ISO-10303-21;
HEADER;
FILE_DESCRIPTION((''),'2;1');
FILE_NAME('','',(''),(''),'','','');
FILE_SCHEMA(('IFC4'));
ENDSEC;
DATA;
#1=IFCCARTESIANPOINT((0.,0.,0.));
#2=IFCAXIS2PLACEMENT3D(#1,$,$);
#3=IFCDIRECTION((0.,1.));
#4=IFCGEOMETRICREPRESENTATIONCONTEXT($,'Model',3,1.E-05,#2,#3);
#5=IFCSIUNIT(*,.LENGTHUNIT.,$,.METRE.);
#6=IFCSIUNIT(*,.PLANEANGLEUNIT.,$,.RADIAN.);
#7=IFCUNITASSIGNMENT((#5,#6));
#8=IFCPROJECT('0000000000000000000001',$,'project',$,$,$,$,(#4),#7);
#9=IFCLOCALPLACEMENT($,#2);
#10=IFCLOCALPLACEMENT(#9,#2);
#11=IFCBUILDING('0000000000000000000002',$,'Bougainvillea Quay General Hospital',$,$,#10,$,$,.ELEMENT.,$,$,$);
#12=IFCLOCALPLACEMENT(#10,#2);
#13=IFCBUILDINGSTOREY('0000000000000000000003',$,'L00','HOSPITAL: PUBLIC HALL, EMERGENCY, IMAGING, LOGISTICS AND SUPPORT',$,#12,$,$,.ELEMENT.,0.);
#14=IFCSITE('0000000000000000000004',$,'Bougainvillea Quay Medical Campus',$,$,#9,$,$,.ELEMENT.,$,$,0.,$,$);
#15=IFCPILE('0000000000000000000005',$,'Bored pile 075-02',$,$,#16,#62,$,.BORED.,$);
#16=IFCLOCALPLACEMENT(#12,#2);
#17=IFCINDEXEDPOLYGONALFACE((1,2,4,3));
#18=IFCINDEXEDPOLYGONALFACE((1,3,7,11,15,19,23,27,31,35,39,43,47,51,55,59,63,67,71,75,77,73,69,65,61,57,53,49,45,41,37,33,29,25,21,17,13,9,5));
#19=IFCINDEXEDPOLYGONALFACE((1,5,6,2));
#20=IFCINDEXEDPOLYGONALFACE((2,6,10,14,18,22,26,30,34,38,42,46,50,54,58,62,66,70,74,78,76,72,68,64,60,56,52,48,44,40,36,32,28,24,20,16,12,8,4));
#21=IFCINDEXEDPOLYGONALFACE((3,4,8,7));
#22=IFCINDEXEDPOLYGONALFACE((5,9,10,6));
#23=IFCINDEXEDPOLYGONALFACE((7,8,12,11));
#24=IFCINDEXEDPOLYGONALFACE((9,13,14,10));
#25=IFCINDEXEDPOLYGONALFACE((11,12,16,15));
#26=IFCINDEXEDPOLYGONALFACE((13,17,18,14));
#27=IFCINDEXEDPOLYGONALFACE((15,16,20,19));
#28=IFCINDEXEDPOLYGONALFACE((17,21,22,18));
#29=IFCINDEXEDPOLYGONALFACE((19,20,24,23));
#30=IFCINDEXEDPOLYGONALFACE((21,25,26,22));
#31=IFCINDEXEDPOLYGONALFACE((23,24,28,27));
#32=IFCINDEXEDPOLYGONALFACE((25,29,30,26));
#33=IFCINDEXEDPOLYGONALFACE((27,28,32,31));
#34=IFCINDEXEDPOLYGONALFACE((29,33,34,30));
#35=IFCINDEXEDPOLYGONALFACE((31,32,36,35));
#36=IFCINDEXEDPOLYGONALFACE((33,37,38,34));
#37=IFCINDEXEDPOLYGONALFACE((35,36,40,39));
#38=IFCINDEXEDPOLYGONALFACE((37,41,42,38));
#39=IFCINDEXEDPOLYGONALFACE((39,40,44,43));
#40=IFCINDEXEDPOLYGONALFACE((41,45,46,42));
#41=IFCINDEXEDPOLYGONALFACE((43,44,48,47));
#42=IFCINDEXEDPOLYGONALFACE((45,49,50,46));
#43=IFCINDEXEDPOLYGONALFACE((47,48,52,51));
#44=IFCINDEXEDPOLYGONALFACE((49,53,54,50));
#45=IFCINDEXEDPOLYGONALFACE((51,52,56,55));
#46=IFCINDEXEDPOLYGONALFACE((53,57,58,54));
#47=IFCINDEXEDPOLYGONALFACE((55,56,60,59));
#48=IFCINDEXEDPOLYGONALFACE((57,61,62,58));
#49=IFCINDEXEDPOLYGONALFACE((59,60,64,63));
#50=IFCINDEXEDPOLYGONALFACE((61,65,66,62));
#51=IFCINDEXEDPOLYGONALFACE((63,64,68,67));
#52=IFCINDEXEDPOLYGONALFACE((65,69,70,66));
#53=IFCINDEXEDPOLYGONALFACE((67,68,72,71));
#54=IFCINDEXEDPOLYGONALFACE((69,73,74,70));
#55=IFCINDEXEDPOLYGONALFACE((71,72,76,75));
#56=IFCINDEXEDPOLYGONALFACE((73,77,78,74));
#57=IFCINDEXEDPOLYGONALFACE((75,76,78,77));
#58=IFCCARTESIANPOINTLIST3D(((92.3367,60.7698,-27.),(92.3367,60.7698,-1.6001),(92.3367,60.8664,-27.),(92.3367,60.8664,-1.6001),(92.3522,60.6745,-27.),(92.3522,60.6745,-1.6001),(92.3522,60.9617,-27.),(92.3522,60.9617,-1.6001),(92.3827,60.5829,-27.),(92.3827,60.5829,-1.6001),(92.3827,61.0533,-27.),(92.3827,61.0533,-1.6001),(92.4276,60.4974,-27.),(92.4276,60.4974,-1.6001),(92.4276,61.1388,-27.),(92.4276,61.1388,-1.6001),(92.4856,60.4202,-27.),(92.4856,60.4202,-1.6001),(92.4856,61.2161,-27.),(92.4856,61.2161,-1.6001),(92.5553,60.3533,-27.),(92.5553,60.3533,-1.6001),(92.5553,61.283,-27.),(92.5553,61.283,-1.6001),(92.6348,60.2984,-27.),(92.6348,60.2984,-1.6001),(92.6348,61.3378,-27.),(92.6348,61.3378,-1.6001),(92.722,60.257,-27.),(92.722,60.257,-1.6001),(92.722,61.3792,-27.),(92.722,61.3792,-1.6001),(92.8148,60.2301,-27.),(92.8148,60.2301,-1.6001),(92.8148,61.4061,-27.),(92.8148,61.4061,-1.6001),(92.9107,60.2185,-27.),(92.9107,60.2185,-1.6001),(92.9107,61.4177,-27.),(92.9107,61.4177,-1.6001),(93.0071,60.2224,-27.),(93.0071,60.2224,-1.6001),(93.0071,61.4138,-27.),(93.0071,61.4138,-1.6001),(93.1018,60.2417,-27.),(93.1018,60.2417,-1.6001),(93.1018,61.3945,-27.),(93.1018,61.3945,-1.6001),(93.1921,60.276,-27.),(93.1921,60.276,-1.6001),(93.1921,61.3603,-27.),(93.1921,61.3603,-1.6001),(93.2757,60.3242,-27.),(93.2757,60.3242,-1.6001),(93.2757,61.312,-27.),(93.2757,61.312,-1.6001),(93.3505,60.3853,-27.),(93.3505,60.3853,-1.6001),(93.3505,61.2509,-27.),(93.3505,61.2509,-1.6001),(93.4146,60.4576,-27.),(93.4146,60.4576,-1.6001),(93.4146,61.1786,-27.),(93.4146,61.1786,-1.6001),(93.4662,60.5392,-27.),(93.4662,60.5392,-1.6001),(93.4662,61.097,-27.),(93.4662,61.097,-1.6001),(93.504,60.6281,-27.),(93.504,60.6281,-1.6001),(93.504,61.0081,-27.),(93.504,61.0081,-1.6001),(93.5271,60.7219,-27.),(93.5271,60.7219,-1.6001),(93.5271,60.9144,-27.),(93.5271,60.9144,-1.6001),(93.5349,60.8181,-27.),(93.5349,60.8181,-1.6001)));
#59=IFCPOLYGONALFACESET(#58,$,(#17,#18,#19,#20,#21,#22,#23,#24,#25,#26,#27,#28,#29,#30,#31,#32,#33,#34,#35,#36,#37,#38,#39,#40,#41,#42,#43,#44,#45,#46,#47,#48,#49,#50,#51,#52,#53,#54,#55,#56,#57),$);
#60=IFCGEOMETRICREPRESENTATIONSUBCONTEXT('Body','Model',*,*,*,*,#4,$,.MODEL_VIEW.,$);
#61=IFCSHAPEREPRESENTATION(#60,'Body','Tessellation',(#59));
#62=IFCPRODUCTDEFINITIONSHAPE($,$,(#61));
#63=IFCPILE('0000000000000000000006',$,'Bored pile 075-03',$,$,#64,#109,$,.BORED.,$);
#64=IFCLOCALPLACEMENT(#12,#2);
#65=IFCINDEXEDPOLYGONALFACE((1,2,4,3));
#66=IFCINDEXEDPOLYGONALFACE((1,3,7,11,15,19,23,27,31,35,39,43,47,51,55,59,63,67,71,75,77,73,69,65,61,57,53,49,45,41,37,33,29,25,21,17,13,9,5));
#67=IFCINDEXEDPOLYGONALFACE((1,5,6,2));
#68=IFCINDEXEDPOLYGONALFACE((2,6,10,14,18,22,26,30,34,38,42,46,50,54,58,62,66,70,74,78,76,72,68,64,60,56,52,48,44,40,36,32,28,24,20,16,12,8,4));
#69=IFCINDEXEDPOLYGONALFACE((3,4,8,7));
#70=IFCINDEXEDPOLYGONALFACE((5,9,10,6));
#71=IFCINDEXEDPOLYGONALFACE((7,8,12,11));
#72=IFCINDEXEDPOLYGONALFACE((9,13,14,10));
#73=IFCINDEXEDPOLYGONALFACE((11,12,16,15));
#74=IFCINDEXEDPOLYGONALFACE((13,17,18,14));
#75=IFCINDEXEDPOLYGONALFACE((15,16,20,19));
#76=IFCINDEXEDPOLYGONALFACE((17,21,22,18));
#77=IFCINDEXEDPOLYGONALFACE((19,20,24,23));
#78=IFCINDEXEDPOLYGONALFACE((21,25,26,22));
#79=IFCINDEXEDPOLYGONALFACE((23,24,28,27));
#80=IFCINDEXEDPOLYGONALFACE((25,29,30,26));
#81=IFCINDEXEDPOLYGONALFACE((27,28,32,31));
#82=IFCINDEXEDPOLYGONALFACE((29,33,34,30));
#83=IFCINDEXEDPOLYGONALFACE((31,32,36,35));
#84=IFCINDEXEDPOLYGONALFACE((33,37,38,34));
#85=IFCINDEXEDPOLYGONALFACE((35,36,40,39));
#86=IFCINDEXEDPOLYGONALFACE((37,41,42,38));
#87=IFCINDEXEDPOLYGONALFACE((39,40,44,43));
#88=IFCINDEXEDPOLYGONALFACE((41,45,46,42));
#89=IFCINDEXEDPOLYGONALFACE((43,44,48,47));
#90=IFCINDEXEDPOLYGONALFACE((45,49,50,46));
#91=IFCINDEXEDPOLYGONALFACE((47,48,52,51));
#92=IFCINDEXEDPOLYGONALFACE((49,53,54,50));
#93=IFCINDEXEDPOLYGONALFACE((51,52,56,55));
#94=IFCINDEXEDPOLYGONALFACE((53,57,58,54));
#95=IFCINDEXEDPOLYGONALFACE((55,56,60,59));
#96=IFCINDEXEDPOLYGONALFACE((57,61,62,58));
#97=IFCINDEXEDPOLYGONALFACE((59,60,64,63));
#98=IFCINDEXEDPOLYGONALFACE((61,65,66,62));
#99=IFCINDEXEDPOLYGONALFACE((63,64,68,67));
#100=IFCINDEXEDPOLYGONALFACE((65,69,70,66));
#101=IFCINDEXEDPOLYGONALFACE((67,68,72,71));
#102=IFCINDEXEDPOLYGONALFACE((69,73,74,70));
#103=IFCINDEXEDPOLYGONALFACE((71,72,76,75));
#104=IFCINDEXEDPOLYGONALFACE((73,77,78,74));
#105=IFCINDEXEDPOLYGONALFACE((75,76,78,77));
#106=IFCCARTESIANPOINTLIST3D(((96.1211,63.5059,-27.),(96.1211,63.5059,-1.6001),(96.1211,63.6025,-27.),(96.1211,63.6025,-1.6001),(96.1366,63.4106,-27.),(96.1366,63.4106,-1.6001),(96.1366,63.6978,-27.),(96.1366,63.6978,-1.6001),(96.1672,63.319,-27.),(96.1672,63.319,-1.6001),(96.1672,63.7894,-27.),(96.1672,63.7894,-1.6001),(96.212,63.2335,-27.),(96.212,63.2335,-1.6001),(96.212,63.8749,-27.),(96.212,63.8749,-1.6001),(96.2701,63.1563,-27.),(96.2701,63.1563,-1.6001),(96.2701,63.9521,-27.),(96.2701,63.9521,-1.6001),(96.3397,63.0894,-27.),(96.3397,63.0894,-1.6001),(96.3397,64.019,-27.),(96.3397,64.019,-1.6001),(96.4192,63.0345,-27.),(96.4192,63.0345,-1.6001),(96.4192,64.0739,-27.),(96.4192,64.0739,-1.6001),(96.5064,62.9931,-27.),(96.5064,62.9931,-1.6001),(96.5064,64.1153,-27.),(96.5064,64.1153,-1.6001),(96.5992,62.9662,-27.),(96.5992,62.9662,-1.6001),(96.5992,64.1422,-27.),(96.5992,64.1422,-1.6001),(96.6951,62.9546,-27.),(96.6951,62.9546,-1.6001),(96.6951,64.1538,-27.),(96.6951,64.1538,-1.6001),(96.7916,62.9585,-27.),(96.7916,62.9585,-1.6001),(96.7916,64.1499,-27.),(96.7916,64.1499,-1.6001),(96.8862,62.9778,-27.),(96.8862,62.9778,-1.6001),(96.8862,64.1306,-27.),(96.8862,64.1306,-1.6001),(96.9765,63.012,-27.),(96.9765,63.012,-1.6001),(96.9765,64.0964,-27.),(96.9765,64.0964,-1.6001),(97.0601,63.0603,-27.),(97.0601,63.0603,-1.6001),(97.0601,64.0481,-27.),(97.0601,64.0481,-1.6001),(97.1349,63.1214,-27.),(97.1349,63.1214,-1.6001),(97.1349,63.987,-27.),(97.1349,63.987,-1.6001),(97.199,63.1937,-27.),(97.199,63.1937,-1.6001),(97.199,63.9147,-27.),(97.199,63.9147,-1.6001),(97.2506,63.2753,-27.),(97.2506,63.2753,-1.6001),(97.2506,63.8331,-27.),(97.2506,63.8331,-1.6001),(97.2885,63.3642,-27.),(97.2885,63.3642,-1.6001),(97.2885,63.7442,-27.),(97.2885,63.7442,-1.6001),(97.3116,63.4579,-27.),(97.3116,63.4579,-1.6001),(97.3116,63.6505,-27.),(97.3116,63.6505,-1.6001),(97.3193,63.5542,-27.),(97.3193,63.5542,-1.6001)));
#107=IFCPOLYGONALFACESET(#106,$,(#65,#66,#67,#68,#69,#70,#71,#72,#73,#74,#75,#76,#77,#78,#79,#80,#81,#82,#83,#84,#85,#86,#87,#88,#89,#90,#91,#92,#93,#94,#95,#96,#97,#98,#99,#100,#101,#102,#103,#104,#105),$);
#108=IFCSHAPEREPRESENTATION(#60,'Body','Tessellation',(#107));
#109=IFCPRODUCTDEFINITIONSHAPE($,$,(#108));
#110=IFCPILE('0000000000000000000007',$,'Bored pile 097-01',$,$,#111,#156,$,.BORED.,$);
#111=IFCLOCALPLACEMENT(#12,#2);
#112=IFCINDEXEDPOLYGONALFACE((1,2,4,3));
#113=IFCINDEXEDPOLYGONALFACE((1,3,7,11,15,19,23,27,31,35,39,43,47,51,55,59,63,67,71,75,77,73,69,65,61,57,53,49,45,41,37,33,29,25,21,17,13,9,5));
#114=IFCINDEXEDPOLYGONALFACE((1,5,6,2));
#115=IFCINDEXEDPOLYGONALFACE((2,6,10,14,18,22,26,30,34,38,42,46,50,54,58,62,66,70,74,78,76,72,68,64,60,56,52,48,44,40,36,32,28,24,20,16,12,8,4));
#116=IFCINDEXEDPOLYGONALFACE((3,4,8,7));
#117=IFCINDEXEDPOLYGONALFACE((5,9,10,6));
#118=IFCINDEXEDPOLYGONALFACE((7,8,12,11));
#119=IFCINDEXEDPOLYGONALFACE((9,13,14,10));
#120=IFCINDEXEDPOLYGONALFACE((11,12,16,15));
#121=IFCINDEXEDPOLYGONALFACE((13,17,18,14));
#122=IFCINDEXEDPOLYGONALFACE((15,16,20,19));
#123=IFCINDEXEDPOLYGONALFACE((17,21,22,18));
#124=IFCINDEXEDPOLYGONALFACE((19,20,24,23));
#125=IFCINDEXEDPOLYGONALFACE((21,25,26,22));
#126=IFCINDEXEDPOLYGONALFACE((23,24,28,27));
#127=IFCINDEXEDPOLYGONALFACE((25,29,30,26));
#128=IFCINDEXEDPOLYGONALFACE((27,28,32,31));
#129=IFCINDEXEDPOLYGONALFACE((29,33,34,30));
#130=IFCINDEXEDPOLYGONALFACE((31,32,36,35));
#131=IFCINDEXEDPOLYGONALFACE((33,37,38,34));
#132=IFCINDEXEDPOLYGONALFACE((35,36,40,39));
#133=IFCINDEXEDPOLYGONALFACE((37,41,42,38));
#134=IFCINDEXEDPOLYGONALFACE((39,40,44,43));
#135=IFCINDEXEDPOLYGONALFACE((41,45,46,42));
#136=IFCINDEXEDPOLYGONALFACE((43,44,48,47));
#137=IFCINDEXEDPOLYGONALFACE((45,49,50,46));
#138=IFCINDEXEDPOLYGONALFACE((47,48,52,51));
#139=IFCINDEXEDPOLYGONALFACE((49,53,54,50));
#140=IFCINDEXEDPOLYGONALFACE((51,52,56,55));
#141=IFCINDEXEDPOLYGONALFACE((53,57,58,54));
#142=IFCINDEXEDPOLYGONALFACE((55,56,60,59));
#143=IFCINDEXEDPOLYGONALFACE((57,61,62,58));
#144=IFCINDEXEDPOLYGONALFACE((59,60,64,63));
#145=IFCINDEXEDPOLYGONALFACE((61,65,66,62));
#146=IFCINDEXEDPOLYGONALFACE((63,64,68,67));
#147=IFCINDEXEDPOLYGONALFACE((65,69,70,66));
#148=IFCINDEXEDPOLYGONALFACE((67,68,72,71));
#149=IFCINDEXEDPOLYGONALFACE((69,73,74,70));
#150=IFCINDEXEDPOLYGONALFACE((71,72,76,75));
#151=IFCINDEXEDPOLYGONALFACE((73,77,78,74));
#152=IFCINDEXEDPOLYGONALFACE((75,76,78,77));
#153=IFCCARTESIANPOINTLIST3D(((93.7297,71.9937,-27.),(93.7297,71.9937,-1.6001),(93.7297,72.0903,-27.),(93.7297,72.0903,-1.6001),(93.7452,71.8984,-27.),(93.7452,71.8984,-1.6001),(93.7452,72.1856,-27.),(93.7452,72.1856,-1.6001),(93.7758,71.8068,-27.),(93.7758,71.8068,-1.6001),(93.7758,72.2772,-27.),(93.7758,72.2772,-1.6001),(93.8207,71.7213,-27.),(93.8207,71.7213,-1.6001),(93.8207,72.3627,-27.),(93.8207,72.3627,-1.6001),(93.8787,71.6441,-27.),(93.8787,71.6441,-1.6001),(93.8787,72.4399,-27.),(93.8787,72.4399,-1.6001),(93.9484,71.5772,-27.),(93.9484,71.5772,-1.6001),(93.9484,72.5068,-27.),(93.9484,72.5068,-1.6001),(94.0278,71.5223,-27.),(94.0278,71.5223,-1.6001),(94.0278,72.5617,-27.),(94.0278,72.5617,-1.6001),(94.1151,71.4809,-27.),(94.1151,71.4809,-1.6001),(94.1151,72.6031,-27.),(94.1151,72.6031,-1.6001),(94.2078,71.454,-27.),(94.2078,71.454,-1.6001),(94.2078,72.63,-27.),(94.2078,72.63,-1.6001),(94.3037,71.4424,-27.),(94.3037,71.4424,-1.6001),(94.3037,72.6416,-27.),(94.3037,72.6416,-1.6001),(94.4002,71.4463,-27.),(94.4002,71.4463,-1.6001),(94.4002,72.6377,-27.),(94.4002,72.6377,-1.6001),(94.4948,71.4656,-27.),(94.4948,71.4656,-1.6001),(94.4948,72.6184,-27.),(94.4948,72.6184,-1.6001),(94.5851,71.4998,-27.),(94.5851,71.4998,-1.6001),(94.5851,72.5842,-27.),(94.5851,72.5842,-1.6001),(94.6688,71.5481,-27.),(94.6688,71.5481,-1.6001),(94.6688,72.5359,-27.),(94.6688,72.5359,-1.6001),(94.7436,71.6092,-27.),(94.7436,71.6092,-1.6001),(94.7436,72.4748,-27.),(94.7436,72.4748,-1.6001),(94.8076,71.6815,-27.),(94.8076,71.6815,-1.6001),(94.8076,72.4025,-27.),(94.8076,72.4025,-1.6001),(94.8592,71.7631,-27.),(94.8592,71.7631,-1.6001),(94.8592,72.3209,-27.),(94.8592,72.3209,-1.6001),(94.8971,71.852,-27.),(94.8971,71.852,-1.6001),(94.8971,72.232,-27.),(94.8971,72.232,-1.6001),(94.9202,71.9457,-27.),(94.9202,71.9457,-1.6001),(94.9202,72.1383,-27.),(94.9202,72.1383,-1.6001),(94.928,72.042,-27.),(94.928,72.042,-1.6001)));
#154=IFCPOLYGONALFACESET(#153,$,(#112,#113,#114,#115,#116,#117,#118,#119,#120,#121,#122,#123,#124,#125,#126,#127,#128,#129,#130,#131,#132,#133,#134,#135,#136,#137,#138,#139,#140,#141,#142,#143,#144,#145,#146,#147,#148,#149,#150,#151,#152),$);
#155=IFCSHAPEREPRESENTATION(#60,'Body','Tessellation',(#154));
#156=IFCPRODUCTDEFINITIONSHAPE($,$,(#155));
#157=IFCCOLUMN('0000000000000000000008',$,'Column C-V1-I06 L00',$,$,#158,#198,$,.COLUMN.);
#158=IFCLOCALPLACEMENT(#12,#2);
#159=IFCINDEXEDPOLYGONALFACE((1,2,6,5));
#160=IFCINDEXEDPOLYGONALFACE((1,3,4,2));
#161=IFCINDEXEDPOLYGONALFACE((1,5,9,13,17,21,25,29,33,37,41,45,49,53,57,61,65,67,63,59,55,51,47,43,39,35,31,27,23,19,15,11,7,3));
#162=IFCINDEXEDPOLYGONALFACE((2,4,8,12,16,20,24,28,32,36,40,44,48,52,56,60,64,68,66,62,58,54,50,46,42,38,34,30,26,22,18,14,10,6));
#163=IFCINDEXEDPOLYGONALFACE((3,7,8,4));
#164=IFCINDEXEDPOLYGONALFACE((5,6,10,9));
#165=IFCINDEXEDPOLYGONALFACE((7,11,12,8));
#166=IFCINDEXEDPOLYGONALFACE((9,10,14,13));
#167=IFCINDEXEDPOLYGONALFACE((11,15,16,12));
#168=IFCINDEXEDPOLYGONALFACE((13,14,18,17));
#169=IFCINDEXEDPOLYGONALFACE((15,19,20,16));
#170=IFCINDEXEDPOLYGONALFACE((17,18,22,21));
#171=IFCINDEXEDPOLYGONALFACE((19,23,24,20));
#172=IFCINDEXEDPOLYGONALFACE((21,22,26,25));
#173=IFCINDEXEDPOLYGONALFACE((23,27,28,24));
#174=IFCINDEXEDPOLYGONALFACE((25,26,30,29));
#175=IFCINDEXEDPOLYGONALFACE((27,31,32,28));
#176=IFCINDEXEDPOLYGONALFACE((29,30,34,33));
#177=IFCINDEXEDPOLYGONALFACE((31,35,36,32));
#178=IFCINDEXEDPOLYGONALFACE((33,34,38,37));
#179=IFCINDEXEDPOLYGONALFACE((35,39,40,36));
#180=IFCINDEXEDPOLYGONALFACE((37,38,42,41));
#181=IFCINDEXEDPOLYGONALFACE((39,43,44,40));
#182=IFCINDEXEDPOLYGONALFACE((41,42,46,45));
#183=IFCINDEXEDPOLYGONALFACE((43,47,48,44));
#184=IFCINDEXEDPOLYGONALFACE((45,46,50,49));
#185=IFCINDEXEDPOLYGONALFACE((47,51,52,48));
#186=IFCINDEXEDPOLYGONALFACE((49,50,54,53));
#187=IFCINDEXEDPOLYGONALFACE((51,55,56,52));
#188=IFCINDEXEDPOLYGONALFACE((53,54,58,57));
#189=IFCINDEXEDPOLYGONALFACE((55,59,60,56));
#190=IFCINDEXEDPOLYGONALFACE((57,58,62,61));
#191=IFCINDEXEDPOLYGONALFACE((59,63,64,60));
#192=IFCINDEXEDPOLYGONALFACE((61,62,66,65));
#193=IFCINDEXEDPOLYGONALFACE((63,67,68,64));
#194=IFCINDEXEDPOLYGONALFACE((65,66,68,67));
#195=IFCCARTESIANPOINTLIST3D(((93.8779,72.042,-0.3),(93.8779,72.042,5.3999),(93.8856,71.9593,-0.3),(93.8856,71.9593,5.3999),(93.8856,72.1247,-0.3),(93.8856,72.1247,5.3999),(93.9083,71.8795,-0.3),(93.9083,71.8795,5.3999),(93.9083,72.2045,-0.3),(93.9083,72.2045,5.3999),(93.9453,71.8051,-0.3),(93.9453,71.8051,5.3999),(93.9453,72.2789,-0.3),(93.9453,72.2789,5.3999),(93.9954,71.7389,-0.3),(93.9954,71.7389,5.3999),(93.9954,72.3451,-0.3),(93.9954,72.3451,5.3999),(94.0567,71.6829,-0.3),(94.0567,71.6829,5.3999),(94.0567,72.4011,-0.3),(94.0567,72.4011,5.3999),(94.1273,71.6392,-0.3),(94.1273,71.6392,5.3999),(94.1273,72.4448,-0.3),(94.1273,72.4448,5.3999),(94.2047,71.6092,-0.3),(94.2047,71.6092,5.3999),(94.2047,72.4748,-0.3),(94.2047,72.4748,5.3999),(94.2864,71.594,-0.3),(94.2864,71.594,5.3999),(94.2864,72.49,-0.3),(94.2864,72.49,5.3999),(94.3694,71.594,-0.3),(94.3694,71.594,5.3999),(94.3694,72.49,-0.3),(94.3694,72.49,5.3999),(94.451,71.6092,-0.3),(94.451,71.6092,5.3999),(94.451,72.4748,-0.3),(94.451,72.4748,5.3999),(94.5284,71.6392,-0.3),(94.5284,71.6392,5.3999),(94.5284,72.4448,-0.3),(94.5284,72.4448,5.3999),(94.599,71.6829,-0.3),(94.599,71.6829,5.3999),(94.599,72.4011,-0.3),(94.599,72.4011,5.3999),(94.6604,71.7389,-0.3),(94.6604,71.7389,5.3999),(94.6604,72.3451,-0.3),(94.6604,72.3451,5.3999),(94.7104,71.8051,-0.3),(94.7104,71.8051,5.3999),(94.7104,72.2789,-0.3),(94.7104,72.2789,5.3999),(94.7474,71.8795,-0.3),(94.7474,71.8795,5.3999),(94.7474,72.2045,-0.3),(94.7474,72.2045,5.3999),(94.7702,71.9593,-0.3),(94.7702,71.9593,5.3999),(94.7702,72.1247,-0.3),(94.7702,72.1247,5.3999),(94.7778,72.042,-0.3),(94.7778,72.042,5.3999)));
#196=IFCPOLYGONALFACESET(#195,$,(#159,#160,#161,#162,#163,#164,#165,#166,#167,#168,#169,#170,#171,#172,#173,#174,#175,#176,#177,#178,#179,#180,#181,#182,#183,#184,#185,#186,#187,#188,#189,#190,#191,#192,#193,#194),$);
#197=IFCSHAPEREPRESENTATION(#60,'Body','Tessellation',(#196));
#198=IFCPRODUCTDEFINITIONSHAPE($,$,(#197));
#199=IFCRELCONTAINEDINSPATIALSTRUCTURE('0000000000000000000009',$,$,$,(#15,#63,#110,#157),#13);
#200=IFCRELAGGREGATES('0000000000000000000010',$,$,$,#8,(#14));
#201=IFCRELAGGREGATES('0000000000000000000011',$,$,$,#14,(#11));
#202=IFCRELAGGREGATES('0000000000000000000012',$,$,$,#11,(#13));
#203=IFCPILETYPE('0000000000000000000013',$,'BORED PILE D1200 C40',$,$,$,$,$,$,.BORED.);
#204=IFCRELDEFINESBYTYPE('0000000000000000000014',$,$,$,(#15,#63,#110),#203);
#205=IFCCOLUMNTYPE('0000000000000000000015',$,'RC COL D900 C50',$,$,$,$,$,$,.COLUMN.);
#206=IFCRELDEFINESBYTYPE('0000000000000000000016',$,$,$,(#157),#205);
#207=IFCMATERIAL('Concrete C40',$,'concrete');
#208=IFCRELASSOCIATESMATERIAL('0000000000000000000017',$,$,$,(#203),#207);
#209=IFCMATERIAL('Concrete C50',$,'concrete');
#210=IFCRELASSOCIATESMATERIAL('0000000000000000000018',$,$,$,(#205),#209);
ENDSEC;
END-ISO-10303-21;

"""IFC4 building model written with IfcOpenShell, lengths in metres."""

from ifc_helpers import new_model, si_unit, direction, frame, origin, origin_2d, place, context, subcontext, project, spatial, circle, extrude, material, material_profile, profile_set, type_object, element, save


model = new_model("IFC4")

# Units and contexts
model_context = context("Model", 3, precision=1e-05, world=origin(), true_north=direction((0.0, 1.0)))
body_context = subcontext(model_context, "Body", "Model", "MODEL_VIEW")
ifc_project = project(units=[si_unit("LENGTHUNIT", "METRE"), si_unit("PLANEANGLEUNIT", "RADIAN")], contexts=[model_context])

# Site, building, storey
site_placement = place(None, origin())
site = spatial("IfcSite", under=ifc_project, at=site_placement, Name="Bougainvillea Quay Medical Campus", CompositionType="ELEMENT", RefElevation=0.0)
building_placement = place(site_placement, origin())
building = spatial("IfcBuilding", under=site, at=building_placement, Name="Bougainvillea Quay General Hospital", CompositionType="ELEMENT")
storey_placement = place(building_placement, origin())
storey = spatial("IfcBuildingStorey", under=building, at=storey_placement, Name="L00", Description="HOSPITAL: PUBLIC HALL, EMERGENCY, IMAGING, LOGISTICS AND SUPPORT", CompositionType="ELEMENT", Elevation=0.0)

# Piles
ifc_material_1 = material(Name="Concrete C40", Category="concrete")
ifc_material_profile_1 = material_profile(ifc_material_1, circle(Radius=0.6001, at=origin_2d()))
ifc_profile_set_1 = profile_set([ifc_material_profile_1], Name="Concrete C40")
pile_type = type_object("IfcPileType", Name="BORED PILE D1200 C40", PredefinedType="BORED", material=ifc_profile_set_1)
for number, where, z_axis, x_axis, name in (
    (1, (92.9348, 60.8181, -1.6001), (0.0, 0.0, -1.0), (1.0, 0.0, 0.0), "Bored pile 075-02"),
    (2, (96.7192, 63.5542, -1.6001), (0.0, 0.0, -1.0), (1.0, 0.0, 0.0), "Bored pile 075-03"),
    (3, (94.3279, 72.042, -1.6001), (0.0, 0.0, -1.0), (1.0, 0.0, 0.0), "Bored pile 097-01"),
):
    element("IfcPile", number, at=place(storey_placement, frame(where, z_axis=z_axis, x_axis=x_axis)), inside=storey, type_object=pile_type, Name=name, PredefinedType="BORED", context=body_context, shape_type="SweptSolid", body=[
        extrude(circle(Radius=0.6001, at=origin_2d()), origin(), (0.0, 0.0, 1.0), 25.3999),
    ])

# Column
ifc_material_2 = material(Name="Concrete C50", Category="concrete")
ifc_material_profile_2 = material_profile(ifc_material_2, circle(Radius=0.45, at=origin_2d()))
ifc_profile_set_2 = profile_set([ifc_material_profile_2], Name="Concrete C50")
column_type = type_object("IfcColumnType", Name="RC COL D900 C50", PredefinedType="COLUMN", material=ifc_profile_set_2)
for number, where, z_axis, x_axis, name in (
    (4, (94.3279, 72.042, -0.3), (0.0, 0.0, 1.0), (1.0, 0.0, 0.0), "Column C-V1-I06 L00"),
):
    element("IfcColumn", number, at=place(storey_placement, frame(where, z_axis=z_axis, x_axis=x_axis)), inside=storey, type_object=column_type, Name=name, PredefinedType="COLUMN", context=body_context, shape_type="SweptSolid", body=[
        extrude(circle(Radius=0.45, at=origin_2d()), origin(), (0.0, 0.0, 1.0), 5.7),
    ])

save(model, "model.ifc")
